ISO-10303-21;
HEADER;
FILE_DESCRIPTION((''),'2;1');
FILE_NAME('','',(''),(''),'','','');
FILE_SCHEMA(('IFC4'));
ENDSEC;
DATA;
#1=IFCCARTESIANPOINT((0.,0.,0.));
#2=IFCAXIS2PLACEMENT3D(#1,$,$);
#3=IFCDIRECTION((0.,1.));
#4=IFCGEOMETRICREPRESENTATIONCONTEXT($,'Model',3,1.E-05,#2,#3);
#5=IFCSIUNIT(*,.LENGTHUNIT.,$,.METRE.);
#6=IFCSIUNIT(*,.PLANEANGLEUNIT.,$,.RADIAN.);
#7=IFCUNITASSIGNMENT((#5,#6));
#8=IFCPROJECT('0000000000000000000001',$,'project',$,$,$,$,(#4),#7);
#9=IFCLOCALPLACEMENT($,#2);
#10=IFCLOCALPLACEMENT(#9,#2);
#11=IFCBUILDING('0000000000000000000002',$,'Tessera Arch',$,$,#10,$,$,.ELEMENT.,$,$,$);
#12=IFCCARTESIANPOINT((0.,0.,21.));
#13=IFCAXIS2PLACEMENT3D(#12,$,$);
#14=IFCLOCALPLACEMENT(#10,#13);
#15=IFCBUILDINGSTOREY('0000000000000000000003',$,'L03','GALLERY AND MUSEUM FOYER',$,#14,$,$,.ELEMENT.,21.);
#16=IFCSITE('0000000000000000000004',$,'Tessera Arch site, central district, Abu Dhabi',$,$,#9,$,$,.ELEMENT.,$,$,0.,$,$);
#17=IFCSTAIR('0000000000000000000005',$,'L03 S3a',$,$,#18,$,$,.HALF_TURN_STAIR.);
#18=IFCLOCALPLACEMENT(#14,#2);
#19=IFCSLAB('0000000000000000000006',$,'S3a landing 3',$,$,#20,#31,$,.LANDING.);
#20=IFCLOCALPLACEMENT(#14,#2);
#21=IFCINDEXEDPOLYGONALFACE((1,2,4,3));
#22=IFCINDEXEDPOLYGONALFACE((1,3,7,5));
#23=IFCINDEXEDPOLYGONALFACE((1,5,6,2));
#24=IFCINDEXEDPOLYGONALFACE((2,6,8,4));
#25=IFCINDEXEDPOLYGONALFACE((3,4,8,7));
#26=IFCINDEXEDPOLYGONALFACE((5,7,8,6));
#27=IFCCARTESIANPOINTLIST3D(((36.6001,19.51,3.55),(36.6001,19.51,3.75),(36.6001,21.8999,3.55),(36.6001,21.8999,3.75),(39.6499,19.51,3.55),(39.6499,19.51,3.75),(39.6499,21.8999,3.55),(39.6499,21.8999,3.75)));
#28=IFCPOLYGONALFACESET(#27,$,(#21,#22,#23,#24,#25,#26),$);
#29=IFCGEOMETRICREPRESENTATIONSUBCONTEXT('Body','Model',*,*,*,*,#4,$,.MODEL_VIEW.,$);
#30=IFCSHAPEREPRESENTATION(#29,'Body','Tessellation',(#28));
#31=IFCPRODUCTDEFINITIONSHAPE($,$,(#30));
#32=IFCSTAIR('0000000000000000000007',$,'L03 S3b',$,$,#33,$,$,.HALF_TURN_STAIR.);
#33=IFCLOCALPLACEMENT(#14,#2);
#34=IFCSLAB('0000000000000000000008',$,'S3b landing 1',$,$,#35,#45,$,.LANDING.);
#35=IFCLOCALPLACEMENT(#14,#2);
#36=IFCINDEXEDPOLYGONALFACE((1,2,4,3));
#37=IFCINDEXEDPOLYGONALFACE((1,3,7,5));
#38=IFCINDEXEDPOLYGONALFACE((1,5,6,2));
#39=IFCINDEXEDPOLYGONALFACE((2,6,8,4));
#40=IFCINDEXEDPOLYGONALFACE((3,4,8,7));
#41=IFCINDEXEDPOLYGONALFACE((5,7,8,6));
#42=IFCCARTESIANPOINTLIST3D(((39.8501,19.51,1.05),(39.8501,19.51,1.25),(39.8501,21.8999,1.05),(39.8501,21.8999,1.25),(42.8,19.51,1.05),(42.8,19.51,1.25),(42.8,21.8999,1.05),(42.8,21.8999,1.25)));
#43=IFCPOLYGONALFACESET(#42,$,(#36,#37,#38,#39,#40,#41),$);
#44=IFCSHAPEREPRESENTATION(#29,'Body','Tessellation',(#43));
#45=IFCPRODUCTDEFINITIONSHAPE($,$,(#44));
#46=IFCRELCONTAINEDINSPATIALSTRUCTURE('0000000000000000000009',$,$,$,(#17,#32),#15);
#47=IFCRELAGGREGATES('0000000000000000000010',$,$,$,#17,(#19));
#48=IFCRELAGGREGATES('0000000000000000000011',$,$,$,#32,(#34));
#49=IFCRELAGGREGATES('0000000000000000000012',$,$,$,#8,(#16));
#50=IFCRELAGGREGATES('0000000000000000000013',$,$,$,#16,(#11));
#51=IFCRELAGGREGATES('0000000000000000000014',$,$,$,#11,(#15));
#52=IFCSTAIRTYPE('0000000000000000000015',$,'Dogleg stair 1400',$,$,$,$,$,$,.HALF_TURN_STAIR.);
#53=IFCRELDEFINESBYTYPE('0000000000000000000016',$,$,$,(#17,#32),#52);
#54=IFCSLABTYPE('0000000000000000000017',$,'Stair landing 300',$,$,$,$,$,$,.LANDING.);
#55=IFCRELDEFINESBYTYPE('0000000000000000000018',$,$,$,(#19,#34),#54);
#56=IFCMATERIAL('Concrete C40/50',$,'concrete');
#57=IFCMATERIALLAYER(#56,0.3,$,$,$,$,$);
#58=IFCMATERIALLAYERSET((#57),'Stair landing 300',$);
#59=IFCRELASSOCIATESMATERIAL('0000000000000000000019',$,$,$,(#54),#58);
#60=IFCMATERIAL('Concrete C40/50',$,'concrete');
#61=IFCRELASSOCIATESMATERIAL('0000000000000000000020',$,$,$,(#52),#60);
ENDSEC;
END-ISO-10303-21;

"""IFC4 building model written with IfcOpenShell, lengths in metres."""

from ifc_helpers import new_model, si_unit, direction, frame, origin, place, context, subcontext, project, spatial, polyline, outline, extrude, material, layer, layer_set, type_object, element, aggregate, save


model = new_model("IFC4")

# Units and contexts
model_context = context("Model", 3, precision=1e-05, world=origin(), true_north=direction((0.0, 1.0)))
body_context = subcontext(model_context, "Body", "Model", "MODEL_VIEW")
ifc_project = project(units=[si_unit("LENGTHUNIT", "METRE"), si_unit("PLANEANGLEUNIT", "RADIAN")], contexts=[model_context])

# Site, building, storey
site_placement = place(None, origin())
site = spatial("IfcSite", under=ifc_project, at=site_placement, Name="Tessera Arch site, central district, Abu Dhabi", CompositionType="ELEMENT", RefElevation=0.0)
building_placement = place(site_placement, origin())
building = spatial("IfcBuilding", under=site, at=building_placement, Name="Tessera Arch", CompositionType="ELEMENT")
storey_placement = place(building_placement, frame((0.0, 0.0, 21.0)))
storey = spatial("IfcBuildingStorey", under=building, at=storey_placement, Name="L03", Description="GALLERY AND MUSEUM FOYER", CompositionType="ELEMENT", Elevation=21.0)

# Shared definitions
ifc_material_1 = material(Name="Concrete C40/50", Category="concrete")
ifc_layer = layer(ifc_material_1, 0.3)
ifc_layer_set = layer_set([ifc_layer], Name="Stair landing 300")
slab_type = type_object("IfcSlabType", Name="Stair landing 300", PredefinedType="LANDING", material=ifc_layer_set)

# Stair, slab
ifc_material_2 = material(Name="Concrete C40/50", Category="concrete")
stair_type_1 = type_object("IfcStairType", Name="Dogleg stair 1400", PredefinedType="HALF_TURN_STAIR", material=ifc_material_2)
stair_1_placement = place(storey_placement, origin())
stair_1 = element("IfcStair", 1, at=stair_1_placement, inside=storey, type_object=stair_type_1, Name="L03 S3a", PredefinedType="HALF_TURN_STAIR")
slab_1_placement = place(storey_placement, frame((0.0, 0.0, 3.55)))
slab_1 = element("IfcSlab", 2, at=slab_1_placement, type_object=slab_type, Name="S3a landing 3", PredefinedType="LANDING", context=body_context, shape_type="SweptSolid", body=[
    extrude(outline(polyline([(39.6499, 19.51), (39.6499, 21.8999), (36.6001, 21.8999), (36.6001, 19.51), (39.6499, 19.51)])), origin(), (0.0, 0.0, 1.0), 0.2),
])
aggregate(stair_1, [slab_1])

# Stair, slab
stair_2_placement = place(storey_placement, origin())
stair_2 = element("IfcStair", 3, at=stair_2_placement, inside=storey, type_object=stair_type_1, Name="L03 S3b", PredefinedType="HALF_TURN_STAIR")
slab_2_placement = place(storey_placement, frame((0.0, 0.0, 1.05)))
slab_2 = element("IfcSlab", 4, at=slab_2_placement, type_object=slab_type, Name="S3b landing 1", PredefinedType="LANDING", context=body_context, shape_type="SweptSolid", body=[
    extrude(outline(polyline([(42.8, 19.51), (42.8, 21.8999), (39.8501, 21.8999), (39.8501, 19.51), (42.8, 19.51)])), origin(), (0.0, 0.0, 1.0), 0.2),
])
aggregate(stair_2, [slab_2])

save(model, "model.ifc")
